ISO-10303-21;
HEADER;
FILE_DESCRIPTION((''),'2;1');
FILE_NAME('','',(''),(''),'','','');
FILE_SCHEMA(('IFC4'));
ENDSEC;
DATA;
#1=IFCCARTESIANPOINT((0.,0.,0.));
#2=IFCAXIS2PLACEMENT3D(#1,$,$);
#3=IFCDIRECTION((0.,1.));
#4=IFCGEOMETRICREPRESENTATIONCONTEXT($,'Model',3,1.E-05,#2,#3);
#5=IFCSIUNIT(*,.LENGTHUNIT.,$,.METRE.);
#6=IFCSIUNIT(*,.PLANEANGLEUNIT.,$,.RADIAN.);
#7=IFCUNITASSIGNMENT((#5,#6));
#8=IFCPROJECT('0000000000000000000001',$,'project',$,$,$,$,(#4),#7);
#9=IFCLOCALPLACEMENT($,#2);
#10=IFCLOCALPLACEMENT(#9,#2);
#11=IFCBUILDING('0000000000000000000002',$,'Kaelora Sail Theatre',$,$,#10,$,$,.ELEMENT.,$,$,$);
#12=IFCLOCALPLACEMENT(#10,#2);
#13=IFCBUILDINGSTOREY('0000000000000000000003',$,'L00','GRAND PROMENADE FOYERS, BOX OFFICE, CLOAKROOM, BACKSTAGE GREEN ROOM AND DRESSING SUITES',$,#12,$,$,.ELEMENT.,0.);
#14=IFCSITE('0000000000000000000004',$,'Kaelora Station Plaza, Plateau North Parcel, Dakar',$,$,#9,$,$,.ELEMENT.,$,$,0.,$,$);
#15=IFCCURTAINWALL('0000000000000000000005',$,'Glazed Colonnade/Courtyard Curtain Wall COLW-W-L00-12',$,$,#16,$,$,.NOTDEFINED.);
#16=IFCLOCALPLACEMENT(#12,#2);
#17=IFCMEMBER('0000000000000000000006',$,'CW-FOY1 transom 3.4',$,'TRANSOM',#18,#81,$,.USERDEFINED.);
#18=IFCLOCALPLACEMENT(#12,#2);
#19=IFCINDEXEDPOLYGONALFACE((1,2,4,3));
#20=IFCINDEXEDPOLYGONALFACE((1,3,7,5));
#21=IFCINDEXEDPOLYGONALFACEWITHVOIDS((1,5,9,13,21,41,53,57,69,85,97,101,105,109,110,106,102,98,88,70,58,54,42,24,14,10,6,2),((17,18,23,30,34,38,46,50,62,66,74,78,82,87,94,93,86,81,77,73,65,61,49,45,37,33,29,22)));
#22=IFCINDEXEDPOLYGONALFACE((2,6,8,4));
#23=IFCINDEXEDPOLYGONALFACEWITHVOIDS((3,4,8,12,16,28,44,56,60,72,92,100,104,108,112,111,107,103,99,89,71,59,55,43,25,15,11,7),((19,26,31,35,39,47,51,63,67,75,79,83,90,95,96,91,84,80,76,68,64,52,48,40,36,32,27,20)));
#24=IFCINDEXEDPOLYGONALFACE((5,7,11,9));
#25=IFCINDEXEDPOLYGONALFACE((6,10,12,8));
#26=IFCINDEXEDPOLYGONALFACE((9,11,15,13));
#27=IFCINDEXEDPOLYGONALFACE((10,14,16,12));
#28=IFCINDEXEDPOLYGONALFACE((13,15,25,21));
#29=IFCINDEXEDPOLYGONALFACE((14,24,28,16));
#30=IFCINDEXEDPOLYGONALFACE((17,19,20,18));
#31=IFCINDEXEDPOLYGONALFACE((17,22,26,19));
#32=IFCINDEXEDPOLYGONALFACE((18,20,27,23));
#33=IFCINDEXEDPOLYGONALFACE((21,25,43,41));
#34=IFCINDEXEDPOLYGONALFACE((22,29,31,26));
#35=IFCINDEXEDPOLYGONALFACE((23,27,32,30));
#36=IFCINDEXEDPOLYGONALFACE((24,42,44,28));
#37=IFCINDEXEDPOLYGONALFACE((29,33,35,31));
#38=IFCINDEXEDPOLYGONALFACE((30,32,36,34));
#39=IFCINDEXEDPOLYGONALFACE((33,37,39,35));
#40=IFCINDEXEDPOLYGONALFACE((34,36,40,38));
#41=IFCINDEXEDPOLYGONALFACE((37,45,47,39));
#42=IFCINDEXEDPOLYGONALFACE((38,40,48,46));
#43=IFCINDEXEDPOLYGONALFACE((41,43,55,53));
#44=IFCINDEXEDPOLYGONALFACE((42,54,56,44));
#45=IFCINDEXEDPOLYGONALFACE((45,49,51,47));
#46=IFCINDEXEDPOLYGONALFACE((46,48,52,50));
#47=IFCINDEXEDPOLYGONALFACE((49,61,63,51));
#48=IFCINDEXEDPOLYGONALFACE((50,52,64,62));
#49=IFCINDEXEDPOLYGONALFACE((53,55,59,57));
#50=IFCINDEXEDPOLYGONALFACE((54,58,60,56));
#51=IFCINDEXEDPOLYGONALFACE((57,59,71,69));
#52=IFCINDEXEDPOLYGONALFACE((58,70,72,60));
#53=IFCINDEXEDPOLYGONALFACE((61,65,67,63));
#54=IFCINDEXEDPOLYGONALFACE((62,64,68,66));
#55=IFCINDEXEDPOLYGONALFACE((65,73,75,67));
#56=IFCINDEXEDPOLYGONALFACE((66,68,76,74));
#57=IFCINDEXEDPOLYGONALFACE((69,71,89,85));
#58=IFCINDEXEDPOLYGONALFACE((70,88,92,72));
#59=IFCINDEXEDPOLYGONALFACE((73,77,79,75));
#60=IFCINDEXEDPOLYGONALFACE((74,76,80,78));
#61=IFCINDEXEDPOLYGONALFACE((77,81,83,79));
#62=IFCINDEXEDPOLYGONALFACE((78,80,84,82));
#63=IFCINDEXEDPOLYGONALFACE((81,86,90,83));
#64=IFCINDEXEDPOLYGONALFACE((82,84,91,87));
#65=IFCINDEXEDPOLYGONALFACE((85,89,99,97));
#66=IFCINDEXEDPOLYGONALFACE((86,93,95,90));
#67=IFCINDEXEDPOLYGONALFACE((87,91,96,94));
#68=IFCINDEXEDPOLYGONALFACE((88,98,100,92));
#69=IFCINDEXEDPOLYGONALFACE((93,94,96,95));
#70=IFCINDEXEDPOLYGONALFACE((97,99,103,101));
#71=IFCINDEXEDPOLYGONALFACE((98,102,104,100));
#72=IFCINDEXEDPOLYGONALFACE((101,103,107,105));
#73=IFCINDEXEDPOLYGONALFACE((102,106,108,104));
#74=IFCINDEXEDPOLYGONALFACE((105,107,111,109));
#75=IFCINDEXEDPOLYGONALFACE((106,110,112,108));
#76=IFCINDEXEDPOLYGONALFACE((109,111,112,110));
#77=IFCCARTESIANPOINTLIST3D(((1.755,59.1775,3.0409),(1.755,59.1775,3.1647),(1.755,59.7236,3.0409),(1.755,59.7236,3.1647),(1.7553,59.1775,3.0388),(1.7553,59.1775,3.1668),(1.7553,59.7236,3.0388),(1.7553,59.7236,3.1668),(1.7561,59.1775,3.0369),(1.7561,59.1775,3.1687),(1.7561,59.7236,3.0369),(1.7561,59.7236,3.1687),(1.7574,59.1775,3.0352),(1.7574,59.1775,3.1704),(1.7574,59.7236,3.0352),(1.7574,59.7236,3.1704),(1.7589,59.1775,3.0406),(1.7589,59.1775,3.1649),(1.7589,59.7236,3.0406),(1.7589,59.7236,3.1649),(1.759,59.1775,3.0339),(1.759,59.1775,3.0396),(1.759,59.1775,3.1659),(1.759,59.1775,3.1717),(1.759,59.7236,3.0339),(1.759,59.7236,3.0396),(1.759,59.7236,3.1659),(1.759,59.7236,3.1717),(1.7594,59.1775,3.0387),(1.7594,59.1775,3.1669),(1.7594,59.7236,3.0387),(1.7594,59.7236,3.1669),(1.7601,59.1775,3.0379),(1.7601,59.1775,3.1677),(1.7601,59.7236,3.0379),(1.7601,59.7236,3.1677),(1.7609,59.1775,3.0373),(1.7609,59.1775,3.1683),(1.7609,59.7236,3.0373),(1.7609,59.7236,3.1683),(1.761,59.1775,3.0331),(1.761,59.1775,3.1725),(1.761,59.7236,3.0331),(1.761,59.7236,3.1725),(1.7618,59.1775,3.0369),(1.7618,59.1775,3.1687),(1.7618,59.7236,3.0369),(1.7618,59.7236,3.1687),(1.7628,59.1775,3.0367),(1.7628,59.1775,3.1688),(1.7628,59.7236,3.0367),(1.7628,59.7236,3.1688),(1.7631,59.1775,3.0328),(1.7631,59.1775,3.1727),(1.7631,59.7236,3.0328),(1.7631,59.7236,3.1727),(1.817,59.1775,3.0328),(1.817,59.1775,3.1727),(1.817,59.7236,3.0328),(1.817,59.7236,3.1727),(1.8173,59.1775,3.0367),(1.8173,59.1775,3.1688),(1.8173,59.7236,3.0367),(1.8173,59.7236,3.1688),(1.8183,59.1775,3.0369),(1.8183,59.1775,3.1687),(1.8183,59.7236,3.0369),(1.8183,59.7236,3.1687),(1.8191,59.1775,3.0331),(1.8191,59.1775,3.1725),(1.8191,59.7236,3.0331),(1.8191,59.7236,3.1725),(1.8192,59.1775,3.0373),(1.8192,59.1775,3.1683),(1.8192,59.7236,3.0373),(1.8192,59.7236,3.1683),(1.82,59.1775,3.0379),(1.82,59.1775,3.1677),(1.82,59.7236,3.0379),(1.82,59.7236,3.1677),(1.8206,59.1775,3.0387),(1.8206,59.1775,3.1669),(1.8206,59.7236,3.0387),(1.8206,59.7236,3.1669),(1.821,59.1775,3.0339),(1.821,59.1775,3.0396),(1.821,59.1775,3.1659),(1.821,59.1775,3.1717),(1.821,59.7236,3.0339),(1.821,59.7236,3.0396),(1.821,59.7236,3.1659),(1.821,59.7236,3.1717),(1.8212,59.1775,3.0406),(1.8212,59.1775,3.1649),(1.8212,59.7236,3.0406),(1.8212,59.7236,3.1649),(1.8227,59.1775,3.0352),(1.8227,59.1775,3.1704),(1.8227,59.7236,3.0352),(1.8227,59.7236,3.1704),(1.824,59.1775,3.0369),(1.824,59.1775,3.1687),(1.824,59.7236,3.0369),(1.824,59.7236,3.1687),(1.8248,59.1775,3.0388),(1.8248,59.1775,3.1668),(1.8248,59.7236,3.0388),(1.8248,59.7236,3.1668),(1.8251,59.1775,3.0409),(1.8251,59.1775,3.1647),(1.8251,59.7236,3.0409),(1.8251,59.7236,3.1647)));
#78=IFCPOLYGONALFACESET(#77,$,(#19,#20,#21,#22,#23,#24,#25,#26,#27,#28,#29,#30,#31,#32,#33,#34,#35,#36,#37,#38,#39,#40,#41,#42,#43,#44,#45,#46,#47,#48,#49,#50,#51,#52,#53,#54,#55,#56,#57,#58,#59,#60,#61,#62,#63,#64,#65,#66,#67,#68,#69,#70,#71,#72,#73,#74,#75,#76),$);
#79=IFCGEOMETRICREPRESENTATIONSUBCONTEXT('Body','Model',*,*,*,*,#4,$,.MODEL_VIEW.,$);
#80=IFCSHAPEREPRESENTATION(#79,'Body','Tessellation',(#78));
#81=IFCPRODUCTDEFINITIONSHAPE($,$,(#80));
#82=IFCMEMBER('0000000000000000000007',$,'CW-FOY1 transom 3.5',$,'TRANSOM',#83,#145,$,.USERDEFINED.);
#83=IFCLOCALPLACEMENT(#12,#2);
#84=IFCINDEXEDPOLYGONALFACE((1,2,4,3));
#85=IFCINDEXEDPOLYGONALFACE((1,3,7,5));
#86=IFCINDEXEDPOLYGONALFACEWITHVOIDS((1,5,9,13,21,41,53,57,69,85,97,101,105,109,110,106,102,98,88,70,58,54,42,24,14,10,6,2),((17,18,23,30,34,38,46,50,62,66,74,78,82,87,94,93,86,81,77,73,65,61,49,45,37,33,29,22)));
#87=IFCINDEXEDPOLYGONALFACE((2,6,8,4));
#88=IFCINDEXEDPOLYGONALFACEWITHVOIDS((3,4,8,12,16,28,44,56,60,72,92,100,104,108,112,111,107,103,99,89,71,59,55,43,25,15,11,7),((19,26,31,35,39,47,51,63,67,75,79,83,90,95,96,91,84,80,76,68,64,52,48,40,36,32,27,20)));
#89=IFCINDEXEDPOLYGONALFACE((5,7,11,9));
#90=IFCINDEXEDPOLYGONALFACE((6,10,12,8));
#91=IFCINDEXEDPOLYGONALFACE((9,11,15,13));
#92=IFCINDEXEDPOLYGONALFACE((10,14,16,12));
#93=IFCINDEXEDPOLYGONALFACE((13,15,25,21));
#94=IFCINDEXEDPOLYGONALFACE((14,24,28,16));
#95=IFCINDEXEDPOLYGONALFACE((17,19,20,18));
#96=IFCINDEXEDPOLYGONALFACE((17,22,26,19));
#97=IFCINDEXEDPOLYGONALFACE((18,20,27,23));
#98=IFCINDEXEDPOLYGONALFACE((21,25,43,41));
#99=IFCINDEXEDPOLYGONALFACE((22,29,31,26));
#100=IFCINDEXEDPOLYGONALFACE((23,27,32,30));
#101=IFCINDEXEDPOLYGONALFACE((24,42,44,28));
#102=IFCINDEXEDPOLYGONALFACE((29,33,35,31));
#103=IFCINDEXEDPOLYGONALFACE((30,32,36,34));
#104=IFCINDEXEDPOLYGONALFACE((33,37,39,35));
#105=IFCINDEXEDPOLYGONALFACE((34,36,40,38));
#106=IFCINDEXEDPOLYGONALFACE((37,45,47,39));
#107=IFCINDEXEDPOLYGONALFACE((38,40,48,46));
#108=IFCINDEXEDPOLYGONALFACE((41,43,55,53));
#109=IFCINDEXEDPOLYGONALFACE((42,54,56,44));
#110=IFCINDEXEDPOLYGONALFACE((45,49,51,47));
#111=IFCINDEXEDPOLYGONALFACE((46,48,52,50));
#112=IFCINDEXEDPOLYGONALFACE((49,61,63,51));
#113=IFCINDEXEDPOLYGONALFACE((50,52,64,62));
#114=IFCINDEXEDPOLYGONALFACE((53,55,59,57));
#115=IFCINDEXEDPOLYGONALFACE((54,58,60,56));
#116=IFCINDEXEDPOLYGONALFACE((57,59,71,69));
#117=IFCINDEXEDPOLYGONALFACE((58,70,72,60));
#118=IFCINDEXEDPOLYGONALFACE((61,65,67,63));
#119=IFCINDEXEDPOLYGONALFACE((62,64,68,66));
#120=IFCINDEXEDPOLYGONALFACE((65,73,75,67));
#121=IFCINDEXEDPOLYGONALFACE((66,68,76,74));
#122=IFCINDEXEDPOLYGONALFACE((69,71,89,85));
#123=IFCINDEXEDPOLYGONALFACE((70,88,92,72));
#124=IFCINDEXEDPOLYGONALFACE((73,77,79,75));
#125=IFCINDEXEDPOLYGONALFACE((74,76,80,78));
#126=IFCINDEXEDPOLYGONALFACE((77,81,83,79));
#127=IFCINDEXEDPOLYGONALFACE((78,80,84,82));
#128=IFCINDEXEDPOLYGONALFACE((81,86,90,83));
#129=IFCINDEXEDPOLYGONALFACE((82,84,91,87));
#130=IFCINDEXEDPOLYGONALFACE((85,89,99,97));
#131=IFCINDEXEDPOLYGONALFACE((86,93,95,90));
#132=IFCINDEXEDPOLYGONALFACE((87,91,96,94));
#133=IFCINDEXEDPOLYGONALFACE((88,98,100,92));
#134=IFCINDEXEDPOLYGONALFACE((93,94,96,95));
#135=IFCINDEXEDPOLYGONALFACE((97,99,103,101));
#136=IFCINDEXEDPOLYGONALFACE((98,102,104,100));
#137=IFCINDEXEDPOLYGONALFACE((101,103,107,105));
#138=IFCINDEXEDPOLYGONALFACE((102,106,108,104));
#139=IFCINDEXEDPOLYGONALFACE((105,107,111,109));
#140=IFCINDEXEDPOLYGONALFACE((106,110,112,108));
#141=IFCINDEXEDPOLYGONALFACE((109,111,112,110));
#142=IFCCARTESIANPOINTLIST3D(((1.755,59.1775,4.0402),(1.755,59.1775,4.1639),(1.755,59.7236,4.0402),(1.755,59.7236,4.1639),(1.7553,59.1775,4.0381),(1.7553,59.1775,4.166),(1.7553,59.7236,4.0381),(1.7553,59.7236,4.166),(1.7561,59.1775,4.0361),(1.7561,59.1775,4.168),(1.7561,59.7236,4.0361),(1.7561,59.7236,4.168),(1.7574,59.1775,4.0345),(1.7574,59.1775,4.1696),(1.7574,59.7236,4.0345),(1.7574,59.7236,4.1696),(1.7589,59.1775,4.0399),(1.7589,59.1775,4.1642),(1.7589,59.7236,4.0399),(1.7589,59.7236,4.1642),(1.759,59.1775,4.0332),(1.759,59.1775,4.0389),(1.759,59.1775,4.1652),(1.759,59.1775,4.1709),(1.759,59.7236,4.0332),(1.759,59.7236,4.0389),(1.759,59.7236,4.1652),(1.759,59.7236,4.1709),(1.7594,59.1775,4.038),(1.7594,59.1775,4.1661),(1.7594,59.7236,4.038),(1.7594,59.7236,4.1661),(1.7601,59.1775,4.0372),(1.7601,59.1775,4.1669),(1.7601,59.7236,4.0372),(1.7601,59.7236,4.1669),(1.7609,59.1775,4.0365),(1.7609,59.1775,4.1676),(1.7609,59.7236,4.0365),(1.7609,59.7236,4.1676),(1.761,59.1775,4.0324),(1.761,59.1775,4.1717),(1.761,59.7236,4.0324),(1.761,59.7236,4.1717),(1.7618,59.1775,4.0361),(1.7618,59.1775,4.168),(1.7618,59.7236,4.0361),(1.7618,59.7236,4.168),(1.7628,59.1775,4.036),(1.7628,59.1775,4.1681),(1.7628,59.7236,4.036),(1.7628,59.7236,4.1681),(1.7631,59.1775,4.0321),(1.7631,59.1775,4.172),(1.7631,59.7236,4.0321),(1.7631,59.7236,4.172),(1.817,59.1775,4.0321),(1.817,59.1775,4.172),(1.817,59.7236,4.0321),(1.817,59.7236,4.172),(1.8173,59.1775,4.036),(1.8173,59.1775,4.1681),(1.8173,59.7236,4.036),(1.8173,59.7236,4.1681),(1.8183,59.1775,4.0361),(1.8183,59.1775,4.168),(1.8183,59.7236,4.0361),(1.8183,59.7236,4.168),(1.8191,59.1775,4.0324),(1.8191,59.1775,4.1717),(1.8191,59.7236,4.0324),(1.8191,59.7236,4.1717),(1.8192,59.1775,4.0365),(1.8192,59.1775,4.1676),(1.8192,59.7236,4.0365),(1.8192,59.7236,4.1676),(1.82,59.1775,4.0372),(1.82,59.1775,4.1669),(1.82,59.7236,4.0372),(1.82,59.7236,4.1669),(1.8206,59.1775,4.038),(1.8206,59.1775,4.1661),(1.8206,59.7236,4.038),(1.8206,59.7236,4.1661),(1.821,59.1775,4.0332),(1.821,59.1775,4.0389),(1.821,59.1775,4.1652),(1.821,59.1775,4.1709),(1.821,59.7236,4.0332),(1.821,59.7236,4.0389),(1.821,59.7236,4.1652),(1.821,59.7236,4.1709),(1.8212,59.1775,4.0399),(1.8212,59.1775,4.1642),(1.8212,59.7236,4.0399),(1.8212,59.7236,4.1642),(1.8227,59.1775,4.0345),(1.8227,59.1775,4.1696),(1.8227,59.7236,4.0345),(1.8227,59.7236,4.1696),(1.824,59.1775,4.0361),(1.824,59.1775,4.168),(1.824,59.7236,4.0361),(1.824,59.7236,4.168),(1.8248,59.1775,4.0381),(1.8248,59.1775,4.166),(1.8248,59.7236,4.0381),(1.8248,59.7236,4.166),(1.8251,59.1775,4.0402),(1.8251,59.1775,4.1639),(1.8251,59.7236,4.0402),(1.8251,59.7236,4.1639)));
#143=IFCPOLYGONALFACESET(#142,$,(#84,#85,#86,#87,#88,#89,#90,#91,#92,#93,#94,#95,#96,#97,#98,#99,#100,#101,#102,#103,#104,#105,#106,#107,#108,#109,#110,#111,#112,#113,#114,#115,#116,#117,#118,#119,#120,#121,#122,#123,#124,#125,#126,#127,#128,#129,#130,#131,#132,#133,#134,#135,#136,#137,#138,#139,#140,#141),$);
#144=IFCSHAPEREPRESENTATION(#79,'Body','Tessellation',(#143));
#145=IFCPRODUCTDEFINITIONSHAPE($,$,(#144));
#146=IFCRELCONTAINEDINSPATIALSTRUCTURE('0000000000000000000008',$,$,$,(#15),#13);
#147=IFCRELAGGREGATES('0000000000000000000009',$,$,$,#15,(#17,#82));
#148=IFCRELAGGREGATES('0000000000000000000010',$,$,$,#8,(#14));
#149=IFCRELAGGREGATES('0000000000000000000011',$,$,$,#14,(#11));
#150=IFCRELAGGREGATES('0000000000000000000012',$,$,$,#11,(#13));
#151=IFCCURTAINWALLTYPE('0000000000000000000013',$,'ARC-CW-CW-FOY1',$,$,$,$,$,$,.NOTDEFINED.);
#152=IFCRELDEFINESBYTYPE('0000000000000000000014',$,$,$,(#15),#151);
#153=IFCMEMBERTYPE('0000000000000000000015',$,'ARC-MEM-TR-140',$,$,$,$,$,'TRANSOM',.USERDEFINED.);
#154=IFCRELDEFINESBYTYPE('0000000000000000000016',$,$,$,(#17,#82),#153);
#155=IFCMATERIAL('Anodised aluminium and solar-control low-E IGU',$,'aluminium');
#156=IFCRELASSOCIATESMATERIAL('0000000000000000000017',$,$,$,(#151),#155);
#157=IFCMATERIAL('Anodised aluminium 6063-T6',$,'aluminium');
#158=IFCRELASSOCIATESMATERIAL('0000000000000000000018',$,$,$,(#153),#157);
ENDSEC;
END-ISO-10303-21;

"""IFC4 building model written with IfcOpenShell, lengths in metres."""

from ifc_helpers import new_model, si_unit, direction, frame, origin, origin_2d, place, context, subcontext, project, spatial, hollow_rectangle, extrude, material, material_profile, profile_set, type_object, element, aggregate, save


model = new_model("IFC4")

# Units and contexts
model_context = context("Model", 3, precision=1e-05, world=origin(), true_north=direction((0.0, 1.0)))
body_context = subcontext(model_context, "Body", "Model", "MODEL_VIEW")
ifc_project = project(units=[si_unit("LENGTHUNIT", "METRE"), si_unit("PLANEANGLEUNIT", "RADIAN")], contexts=[model_context])

# Site, building, storey
site_placement = place(None, origin())
site = spatial("IfcSite", under=ifc_project, at=site_placement, Name="Kaelora Station Plaza, Plateau North Parcel, Dakar", CompositionType="ELEMENT", RefElevation=0.0)
building_placement = place(site_placement, origin())
building = spatial("IfcBuilding", under=site, at=building_placement, Name="Kaelora Sail Theatre", CompositionType="ELEMENT")
storey_placement = place(building_placement, origin())
storey = spatial("IfcBuildingStorey", under=building, at=storey_placement, Name="L00", Description="GRAND PROMENADE FOYERS, BOX OFFICE, CLOAKROOM, BACKSTAGE GREEN ROOM AND DRESSING SUITES", CompositionType="ELEMENT", Elevation=0.0)

# Curtain wall, members
ifc_material_1 = material(Name="Anodised aluminium and solar-control low-E IGU", Category="aluminium")
curtain_wall_type = type_object("IfcCurtainWallType", Name="ARC-CW-CW-FOY1", PredefinedType="NOTDEFINED", material=ifc_material_1)
curtain_wall_placement = place(storey_placement, origin())
curtain_wall = element("IfcCurtainWall", 1, at=curtain_wall_placement, inside=storey, type_object=curtain_wall_type, Name="Glazed Colonnade/Courtyard Curtain Wall COLW-W-L00-12", PredefinedType="NOTDEFINED")
ifc_material_2 = material(Name="Anodised aluminium 6063-T6", Category="aluminium")
ifc_material_profile_1 = material_profile(ifc_material_2, hollow_rectangle(XDim=0.0701, YDim=0.1399, WallThickness=0.0039, InnerFilletRadius=0.0039, OuterFilletRadius=0.0081, at=origin_2d()), Name="ALU-TRAN 70x140x4")
ifc_profile_set_1 = profile_set([ifc_material_profile_1], Name="Anodised aluminium 6063-T6")
member_type_1 = type_object("IfcMemberType", Name="ARC-MEM-TR-140", ElementType="TRANSOM", PredefinedType="USERDEFINED", material=ifc_profile_set_1)
member_1_placement = place(storey_placement, frame((1.79, 59.1775, 3.1028), z_axis=(0.0, 1.0, 0.0), x_axis=(-1.0, 0.0, 0.0)))
member_1 = element("IfcMember", 2, at=member_1_placement, type_object=member_type_1, Name="CW-FOY1 transom 3.4", ObjectType="TRANSOM", PredefinedType="USERDEFINED", context=body_context, shape_type="SweptSolid", body=[
    extrude(hollow_rectangle(XDim=0.0701, YDim=0.1399, WallThickness=0.0039, InnerFilletRadius=0.0039, OuterFilletRadius=0.0081, at=origin_2d()), origin(), (0.0, 0.0, 1.0), 0.5461),
])
member_2_placement = place(storey_placement, frame((1.79, 59.1775, 4.1021), z_axis=(0.0, 1.0, 0.0), x_axis=(-1.0, 0.0, 0.0)))
member_2 = element("IfcMember", 3, at=member_2_placement, type_object=member_type_1, Name="CW-FOY1 transom 3.5", ObjectType="TRANSOM", PredefinedType="USERDEFINED", context=body_context, shape_type="SweptSolid", body=[
    extrude(hollow_rectangle(XDim=0.0701, YDim=0.1399, WallThickness=0.0039, InnerFilletRadius=0.0039, OuterFilletRadius=0.0081, at=origin_2d()), origin(), (0.0, 0.0, 1.0), 0.5461),
])
aggregate(curtain_wall, [member_1, member_2])

save(model, "model.ifc")
